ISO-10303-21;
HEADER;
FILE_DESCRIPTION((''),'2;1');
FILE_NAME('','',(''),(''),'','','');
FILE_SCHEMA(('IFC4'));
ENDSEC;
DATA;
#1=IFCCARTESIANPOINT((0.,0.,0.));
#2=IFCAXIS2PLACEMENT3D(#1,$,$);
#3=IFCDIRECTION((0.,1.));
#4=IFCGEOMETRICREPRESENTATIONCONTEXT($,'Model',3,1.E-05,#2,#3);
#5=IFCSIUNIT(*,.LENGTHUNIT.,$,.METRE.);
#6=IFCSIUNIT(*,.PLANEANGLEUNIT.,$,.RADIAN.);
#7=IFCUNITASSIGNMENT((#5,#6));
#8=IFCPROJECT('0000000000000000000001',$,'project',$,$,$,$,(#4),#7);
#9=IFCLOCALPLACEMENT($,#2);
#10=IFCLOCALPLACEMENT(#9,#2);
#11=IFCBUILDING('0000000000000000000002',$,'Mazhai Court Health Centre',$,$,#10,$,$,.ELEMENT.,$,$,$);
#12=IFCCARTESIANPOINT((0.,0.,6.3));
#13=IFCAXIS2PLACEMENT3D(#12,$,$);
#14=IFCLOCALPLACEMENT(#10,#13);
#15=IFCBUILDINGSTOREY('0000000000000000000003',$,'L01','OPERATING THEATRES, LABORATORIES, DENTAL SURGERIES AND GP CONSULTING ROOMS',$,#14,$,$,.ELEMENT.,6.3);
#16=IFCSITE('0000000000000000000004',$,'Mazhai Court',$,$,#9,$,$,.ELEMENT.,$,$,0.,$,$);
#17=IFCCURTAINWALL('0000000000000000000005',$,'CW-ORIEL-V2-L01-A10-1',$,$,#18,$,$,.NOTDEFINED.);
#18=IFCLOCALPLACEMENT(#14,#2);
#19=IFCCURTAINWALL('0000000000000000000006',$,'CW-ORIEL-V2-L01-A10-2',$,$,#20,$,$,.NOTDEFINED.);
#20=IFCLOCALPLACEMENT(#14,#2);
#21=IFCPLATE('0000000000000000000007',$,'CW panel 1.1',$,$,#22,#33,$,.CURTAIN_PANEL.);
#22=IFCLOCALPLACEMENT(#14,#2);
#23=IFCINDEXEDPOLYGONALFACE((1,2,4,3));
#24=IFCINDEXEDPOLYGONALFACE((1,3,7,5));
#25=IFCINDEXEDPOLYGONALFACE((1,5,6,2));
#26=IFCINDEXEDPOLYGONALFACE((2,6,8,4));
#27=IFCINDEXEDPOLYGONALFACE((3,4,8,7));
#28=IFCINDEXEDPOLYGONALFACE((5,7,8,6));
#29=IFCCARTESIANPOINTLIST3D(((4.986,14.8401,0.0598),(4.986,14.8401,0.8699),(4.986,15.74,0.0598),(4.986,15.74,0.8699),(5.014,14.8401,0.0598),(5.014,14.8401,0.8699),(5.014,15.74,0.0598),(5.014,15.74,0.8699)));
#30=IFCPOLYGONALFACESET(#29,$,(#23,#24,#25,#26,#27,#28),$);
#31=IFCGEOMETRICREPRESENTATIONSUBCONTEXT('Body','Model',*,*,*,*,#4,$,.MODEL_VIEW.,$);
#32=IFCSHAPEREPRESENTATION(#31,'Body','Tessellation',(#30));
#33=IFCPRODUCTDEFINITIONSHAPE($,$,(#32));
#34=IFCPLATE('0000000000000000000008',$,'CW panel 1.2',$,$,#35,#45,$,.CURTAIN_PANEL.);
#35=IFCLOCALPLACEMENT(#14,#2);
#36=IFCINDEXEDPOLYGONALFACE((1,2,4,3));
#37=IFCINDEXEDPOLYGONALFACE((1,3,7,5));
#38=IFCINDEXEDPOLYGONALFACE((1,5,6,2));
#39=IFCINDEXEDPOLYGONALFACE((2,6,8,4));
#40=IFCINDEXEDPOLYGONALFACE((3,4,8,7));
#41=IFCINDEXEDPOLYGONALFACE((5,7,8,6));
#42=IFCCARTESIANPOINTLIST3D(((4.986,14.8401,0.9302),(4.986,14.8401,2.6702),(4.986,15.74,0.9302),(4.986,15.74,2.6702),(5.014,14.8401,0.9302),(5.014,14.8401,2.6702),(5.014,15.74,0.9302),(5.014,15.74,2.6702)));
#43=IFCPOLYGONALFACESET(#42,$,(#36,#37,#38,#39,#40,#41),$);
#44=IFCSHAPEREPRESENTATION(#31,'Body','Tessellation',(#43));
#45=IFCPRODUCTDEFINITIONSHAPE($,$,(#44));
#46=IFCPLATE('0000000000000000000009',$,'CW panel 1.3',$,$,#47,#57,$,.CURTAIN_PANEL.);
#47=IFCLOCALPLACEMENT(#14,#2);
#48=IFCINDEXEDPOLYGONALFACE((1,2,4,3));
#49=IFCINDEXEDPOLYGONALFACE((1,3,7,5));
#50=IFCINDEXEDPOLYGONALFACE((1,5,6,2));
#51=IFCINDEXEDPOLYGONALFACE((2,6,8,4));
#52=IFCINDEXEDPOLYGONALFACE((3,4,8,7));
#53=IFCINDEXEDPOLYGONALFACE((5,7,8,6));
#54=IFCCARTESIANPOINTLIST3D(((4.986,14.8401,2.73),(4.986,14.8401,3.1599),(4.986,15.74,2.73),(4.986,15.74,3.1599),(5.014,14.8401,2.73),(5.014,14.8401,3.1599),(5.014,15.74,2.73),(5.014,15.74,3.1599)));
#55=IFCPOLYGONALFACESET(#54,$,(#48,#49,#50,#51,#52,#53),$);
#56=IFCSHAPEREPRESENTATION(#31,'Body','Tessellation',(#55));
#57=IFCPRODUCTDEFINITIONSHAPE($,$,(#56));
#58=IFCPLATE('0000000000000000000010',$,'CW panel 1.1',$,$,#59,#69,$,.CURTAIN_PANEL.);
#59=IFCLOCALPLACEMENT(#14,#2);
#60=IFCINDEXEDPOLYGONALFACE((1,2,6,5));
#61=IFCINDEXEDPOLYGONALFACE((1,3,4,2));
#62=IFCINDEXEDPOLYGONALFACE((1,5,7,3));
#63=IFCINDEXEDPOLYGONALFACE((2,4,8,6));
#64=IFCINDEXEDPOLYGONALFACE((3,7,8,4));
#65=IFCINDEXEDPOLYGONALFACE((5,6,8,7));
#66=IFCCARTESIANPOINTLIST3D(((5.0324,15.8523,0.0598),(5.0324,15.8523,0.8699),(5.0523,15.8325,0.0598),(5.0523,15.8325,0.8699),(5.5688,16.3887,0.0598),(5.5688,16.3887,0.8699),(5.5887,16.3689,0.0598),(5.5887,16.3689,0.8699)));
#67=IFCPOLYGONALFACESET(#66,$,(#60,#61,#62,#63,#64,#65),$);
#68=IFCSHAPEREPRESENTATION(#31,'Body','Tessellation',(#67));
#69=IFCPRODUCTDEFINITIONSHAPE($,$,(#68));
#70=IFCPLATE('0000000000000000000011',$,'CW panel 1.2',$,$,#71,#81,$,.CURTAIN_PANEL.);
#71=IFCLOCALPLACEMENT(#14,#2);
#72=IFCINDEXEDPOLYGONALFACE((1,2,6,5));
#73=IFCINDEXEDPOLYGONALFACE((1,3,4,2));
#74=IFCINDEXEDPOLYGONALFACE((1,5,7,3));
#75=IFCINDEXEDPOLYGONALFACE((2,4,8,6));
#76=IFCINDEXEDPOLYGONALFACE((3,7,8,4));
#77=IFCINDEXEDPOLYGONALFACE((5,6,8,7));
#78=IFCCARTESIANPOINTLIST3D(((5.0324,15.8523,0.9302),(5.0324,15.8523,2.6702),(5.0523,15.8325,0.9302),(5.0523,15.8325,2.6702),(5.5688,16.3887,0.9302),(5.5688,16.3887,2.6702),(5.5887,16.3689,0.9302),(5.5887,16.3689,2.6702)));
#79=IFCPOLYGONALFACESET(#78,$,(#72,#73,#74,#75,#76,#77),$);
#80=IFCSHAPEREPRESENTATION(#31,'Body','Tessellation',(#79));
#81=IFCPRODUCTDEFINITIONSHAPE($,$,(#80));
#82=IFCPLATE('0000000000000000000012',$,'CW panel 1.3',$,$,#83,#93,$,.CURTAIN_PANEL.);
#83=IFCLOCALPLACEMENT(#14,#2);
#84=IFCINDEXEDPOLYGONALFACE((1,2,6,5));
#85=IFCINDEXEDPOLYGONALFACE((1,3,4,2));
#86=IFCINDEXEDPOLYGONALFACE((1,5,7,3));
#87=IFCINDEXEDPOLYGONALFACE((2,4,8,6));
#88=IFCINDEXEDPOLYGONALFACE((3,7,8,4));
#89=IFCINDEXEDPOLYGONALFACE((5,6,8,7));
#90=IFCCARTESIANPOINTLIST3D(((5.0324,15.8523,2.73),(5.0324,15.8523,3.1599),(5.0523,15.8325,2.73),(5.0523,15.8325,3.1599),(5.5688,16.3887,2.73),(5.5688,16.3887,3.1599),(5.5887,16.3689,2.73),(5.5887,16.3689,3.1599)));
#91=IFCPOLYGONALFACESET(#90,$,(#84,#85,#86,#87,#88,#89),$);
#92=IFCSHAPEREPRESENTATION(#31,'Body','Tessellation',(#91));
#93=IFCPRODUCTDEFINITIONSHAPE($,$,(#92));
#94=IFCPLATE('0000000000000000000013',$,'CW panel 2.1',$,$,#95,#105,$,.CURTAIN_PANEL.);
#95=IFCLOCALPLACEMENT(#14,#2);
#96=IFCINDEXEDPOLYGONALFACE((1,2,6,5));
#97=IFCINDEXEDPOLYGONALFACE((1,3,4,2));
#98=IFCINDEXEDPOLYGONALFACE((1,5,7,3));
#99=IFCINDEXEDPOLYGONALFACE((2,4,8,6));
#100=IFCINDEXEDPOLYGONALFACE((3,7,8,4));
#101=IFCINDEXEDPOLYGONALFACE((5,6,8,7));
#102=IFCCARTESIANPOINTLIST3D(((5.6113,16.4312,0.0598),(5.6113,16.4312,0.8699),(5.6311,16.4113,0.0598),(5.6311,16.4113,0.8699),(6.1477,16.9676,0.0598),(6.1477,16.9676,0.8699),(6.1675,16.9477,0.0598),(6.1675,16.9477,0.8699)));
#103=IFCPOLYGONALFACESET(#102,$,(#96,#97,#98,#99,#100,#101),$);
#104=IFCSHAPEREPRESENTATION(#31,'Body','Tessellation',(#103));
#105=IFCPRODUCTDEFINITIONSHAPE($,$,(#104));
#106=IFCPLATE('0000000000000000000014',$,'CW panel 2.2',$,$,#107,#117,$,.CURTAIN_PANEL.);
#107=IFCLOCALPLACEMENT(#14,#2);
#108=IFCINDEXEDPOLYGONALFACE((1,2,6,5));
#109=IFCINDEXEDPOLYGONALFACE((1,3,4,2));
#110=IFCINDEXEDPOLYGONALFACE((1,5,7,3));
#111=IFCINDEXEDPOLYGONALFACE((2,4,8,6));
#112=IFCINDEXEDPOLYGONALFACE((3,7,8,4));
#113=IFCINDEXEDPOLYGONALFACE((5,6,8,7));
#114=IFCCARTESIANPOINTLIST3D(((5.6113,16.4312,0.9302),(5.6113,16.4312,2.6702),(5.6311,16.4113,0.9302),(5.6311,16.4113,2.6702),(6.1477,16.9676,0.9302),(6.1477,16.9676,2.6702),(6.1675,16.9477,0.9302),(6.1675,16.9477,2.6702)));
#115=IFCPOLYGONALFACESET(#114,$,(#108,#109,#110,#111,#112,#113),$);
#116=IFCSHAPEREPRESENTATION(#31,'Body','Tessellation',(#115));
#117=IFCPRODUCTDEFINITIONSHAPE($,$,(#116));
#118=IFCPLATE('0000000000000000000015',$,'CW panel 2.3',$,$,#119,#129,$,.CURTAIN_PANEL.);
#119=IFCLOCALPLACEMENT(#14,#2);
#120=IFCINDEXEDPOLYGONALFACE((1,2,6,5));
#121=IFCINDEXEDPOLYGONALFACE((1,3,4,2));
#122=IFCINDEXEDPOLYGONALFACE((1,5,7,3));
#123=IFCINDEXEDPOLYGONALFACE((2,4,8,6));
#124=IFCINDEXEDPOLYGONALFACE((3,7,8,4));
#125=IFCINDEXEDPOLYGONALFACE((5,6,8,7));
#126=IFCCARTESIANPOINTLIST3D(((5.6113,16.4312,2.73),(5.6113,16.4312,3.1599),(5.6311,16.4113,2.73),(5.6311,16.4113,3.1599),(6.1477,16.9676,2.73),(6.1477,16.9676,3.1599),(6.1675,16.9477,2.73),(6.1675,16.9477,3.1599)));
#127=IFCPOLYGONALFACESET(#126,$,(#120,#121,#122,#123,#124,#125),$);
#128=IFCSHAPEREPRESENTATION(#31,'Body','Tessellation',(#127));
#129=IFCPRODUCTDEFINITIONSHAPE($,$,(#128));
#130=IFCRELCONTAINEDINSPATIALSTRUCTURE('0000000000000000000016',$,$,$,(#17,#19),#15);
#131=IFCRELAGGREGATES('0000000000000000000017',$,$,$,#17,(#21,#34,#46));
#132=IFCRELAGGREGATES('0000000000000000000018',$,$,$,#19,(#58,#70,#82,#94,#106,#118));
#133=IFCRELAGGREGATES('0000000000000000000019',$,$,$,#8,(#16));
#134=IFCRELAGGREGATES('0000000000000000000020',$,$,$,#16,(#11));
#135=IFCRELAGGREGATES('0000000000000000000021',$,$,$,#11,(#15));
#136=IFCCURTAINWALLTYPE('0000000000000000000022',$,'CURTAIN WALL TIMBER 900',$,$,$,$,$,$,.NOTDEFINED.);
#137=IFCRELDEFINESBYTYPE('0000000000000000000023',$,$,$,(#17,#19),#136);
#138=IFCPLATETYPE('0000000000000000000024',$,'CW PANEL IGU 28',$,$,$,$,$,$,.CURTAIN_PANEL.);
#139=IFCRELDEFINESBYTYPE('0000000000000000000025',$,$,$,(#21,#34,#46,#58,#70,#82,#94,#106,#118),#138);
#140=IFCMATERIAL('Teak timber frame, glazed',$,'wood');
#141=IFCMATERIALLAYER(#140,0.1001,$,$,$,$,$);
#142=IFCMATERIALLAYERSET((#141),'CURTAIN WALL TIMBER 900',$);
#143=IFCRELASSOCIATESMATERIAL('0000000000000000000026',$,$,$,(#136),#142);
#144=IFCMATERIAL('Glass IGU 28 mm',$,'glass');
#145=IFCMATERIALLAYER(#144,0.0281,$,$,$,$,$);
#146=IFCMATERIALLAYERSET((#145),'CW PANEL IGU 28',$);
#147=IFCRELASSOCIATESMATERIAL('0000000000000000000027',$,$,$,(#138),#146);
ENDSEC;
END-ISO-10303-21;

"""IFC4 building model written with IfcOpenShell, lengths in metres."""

from ifc_helpers import new_model, si_unit, direction, frame, origin, origin_2d, place, context, subcontext, project, spatial, rectangle, extrude, material, layer, layer_set, type_object, element, aggregate, save


model = new_model("IFC4")

# Units and contexts
model_context = context("Model", 3, precision=1e-05, world=origin(), true_north=direction((0.0, 1.0)))
body_context = subcontext(model_context, "Body", "Model", "MODEL_VIEW")
ifc_project = project(units=[si_unit("LENGTHUNIT", "METRE"), si_unit("PLANEANGLEUNIT", "RADIAN")], contexts=[model_context])

# Site, building, storey
site_placement = place(None, origin())
site = spatial("IfcSite", under=ifc_project, at=site_placement, Name="Mazhai Court", CompositionType="ELEMENT", RefElevation=0.0)
building_placement = place(site_placement, origin())
building = spatial("IfcBuilding", under=site, at=building_placement, Name="Mazhai Court Health Centre", CompositionType="ELEMENT")
storey_placement = place(building_placement, frame((0.0, 0.0, 6.3)))
storey = spatial("IfcBuildingStorey", under=building, at=storey_placement, Name="L01", Description="OPERATING THEATRES, LABORATORIES, DENTAL SURGERIES AND GP CONSULTING ROOMS", CompositionType="ELEMENT", Elevation=6.3)

# Curtain wall
ifc_material_1 = material(Name="Teak timber frame, glazed", Category="wood")
ifc_layer_1 = layer(ifc_material_1, 0.1001)
ifc_layer_set_1 = layer_set([ifc_layer_1], Name="CURTAIN WALL TIMBER 900")
curtain_wall_type = type_object("IfcCurtainWallType", Name="CURTAIN WALL TIMBER 900", PredefinedType="NOTDEFINED", material=ifc_layer_set_1)
curtain_wall_1_placement = place(storey_placement, origin())
curtain_wall_1 = element("IfcCurtainWall", 1, at=curtain_wall_1_placement, inside=storey, type_object=curtain_wall_type, Name="CW-ORIEL-V2-L01-A10-1", PredefinedType="NOTDEFINED")

# Curtain wall
curtain_wall_2_placement = place(storey_placement, origin())
curtain_wall_2 = element("IfcCurtainWall", 2, at=curtain_wall_2_placement, inside=storey, type_object=curtain_wall_type, Name="CW-ORIEL-V2-L01-A10-2", PredefinedType="NOTDEFINED")

# Plates
ifc_material_2 = material(Name="Glass IGU 28 mm", Category="glass")
ifc_layer_2 = layer(ifc_material_2, 0.0281)
ifc_layer_set_2 = layer_set([ifc_layer_2], Name="CW PANEL IGU 28")
plate_type = type_object("IfcPlateType", Name="CW PANEL IGU 28", PredefinedType="CURTAIN_PANEL", material=ifc_layer_set_2)
plate_1_placement = place(storey_placement, frame((5.0, 15.29, 0.0598), z_axis=(0.0, 0.0, 1.0), x_axis=(0.0, 1.0, 0.0)))
plate_1 = element("IfcPlate", 3, at=plate_1_placement, type_object=plate_type, Name="CW panel 1.1", PredefinedType="CURTAIN_PANEL", context=body_context, shape_type="SweptSolid", body=[
    extrude(rectangle(XDim=0.8999, YDim=0.0281, at=origin_2d()), origin(), (0.0, 0.0, 1.0), 0.8101),
])
plate_2_placement = place(storey_placement, frame((5.0, 15.29, 0.9302), z_axis=(0.0, 0.0, 1.0), x_axis=(0.0, 1.0, 0.0)))
plate_2 = element("IfcPlate", 4, at=plate_2_placement, type_object=plate_type, Name="CW panel 1.2", PredefinedType="CURTAIN_PANEL", context=body_context, shape_type="SweptSolid", body=[
    extrude(rectangle(XDim=0.8999, YDim=0.0281, at=origin_2d()), origin(), (0.0, 0.0, 1.0), 1.74),
])
plate_3_placement = place(storey_placement, frame((5.0, 15.29, 2.73), z_axis=(0.0, 0.0, 1.0), x_axis=(0.0, 1.0, 0.0)))
plate_3 = element("IfcPlate", 5, at=plate_3_placement, type_object=plate_type, Name="CW panel 1.3", PredefinedType="CURTAIN_PANEL", context=body_context, shape_type="SweptSolid", body=[
    extrude(rectangle(XDim=0.8999, YDim=0.0281, at=origin_2d()), origin(), (0.0, 0.0, 1.0), 0.4299),
])
aggregate(curtain_wall_1, [plate_1, plate_2, plate_3])
plate_4_placement = place(storey_placement, frame((5.3105, 16.1106, 0.0598), z_axis=(0.0, 0.0, 1.0), x_axis=(0.707107, 0.707107, 0.0)))
plate_4 = element("IfcPlate", 6, at=plate_4_placement, type_object=plate_type, Name="CW panel 1.1", PredefinedType="CURTAIN_PANEL", context=body_context, shape_type="SweptSolid", body=[
    extrude(rectangle(XDim=0.7585, YDim=0.0281, at=origin_2d()), origin(), (0.0, 0.0, 1.0), 0.8101),
])
plate_5_placement = place(storey_placement, frame((5.3105, 16.1106, 0.9302), z_axis=(0.0, 0.0, 1.0), x_axis=(0.707107, 0.707107, 0.0)))
plate_5 = element("IfcPlate", 7, at=plate_5_placement, type_object=plate_type, Name="CW panel 1.2", PredefinedType="CURTAIN_PANEL", context=body_context, shape_type="SweptSolid", body=[
    extrude(rectangle(XDim=0.7585, YDim=0.0281, at=origin_2d()), origin(), (0.0, 0.0, 1.0), 1.74),
])
plate_6_placement = place(storey_placement, frame((5.3105, 16.1106, 2.73), z_axis=(0.0, 0.0, 1.0), x_axis=(0.707107, 0.707107, 0.0)))
plate_6 = element("IfcPlate", 8, at=plate_6_placement, type_object=plate_type, Name="CW panel 1.3", PredefinedType="CURTAIN_PANEL", context=body_context, shape_type="SweptSolid", body=[
    extrude(rectangle(XDim=0.7585, YDim=0.0281, at=origin_2d()), origin(), (0.0, 0.0, 1.0), 0.4299),
])
plate_7_placement = place(storey_placement, frame((5.8894, 16.6895, 0.0598), z_axis=(0.0, 0.0, 1.0), x_axis=(0.707107, 0.707107, 0.0)))
plate_7 = element("IfcPlate", 9, at=plate_7_placement, type_object=plate_type, Name="CW panel 2.1", PredefinedType="CURTAIN_PANEL", context=body_context, shape_type="SweptSolid", body=[
    extrude(rectangle(XDim=0.7585, YDim=0.0281, at=origin_2d()), origin(), (0.0, 0.0, 1.0), 0.8101),
])
plate_8_placement = place(storey_placement, frame((5.8894, 16.6895, 0.9302), z_axis=(0.0, 0.0, 1.0), x_axis=(0.707107, 0.707107, 0.0)))
plate_8 = element("IfcPlate", 10, at=plate_8_placement, type_object=plate_type, Name="CW panel 2.2", PredefinedType="CURTAIN_PANEL", context=body_context, shape_type="SweptSolid", body=[
    extrude(rectangle(XDim=0.7585, YDim=0.0281, at=origin_2d()), origin(), (0.0, 0.0, 1.0), 1.74),
])
plate_9_placement = place(storey_placement, frame((5.8894, 16.6895, 2.73), z_axis=(0.0, 0.0, 1.0), x_axis=(0.707107, 0.707107, 0.0)))
plate_9 = element("IfcPlate", 11, at=plate_9_placement, type_object=plate_type, Name="CW panel 2.3", PredefinedType="CURTAIN_PANEL", context=body_context, shape_type="SweptSolid", body=[
    extrude(rectangle(XDim=0.7585, YDim=0.0281, at=origin_2d()), origin(), (0.0, 0.0, 1.0), 0.4299),
])
aggregate(curtain_wall_2, [plate_4, plate_5, plate_6, plate_7, plate_8, plate_9])

save(model, "model.ifc")
